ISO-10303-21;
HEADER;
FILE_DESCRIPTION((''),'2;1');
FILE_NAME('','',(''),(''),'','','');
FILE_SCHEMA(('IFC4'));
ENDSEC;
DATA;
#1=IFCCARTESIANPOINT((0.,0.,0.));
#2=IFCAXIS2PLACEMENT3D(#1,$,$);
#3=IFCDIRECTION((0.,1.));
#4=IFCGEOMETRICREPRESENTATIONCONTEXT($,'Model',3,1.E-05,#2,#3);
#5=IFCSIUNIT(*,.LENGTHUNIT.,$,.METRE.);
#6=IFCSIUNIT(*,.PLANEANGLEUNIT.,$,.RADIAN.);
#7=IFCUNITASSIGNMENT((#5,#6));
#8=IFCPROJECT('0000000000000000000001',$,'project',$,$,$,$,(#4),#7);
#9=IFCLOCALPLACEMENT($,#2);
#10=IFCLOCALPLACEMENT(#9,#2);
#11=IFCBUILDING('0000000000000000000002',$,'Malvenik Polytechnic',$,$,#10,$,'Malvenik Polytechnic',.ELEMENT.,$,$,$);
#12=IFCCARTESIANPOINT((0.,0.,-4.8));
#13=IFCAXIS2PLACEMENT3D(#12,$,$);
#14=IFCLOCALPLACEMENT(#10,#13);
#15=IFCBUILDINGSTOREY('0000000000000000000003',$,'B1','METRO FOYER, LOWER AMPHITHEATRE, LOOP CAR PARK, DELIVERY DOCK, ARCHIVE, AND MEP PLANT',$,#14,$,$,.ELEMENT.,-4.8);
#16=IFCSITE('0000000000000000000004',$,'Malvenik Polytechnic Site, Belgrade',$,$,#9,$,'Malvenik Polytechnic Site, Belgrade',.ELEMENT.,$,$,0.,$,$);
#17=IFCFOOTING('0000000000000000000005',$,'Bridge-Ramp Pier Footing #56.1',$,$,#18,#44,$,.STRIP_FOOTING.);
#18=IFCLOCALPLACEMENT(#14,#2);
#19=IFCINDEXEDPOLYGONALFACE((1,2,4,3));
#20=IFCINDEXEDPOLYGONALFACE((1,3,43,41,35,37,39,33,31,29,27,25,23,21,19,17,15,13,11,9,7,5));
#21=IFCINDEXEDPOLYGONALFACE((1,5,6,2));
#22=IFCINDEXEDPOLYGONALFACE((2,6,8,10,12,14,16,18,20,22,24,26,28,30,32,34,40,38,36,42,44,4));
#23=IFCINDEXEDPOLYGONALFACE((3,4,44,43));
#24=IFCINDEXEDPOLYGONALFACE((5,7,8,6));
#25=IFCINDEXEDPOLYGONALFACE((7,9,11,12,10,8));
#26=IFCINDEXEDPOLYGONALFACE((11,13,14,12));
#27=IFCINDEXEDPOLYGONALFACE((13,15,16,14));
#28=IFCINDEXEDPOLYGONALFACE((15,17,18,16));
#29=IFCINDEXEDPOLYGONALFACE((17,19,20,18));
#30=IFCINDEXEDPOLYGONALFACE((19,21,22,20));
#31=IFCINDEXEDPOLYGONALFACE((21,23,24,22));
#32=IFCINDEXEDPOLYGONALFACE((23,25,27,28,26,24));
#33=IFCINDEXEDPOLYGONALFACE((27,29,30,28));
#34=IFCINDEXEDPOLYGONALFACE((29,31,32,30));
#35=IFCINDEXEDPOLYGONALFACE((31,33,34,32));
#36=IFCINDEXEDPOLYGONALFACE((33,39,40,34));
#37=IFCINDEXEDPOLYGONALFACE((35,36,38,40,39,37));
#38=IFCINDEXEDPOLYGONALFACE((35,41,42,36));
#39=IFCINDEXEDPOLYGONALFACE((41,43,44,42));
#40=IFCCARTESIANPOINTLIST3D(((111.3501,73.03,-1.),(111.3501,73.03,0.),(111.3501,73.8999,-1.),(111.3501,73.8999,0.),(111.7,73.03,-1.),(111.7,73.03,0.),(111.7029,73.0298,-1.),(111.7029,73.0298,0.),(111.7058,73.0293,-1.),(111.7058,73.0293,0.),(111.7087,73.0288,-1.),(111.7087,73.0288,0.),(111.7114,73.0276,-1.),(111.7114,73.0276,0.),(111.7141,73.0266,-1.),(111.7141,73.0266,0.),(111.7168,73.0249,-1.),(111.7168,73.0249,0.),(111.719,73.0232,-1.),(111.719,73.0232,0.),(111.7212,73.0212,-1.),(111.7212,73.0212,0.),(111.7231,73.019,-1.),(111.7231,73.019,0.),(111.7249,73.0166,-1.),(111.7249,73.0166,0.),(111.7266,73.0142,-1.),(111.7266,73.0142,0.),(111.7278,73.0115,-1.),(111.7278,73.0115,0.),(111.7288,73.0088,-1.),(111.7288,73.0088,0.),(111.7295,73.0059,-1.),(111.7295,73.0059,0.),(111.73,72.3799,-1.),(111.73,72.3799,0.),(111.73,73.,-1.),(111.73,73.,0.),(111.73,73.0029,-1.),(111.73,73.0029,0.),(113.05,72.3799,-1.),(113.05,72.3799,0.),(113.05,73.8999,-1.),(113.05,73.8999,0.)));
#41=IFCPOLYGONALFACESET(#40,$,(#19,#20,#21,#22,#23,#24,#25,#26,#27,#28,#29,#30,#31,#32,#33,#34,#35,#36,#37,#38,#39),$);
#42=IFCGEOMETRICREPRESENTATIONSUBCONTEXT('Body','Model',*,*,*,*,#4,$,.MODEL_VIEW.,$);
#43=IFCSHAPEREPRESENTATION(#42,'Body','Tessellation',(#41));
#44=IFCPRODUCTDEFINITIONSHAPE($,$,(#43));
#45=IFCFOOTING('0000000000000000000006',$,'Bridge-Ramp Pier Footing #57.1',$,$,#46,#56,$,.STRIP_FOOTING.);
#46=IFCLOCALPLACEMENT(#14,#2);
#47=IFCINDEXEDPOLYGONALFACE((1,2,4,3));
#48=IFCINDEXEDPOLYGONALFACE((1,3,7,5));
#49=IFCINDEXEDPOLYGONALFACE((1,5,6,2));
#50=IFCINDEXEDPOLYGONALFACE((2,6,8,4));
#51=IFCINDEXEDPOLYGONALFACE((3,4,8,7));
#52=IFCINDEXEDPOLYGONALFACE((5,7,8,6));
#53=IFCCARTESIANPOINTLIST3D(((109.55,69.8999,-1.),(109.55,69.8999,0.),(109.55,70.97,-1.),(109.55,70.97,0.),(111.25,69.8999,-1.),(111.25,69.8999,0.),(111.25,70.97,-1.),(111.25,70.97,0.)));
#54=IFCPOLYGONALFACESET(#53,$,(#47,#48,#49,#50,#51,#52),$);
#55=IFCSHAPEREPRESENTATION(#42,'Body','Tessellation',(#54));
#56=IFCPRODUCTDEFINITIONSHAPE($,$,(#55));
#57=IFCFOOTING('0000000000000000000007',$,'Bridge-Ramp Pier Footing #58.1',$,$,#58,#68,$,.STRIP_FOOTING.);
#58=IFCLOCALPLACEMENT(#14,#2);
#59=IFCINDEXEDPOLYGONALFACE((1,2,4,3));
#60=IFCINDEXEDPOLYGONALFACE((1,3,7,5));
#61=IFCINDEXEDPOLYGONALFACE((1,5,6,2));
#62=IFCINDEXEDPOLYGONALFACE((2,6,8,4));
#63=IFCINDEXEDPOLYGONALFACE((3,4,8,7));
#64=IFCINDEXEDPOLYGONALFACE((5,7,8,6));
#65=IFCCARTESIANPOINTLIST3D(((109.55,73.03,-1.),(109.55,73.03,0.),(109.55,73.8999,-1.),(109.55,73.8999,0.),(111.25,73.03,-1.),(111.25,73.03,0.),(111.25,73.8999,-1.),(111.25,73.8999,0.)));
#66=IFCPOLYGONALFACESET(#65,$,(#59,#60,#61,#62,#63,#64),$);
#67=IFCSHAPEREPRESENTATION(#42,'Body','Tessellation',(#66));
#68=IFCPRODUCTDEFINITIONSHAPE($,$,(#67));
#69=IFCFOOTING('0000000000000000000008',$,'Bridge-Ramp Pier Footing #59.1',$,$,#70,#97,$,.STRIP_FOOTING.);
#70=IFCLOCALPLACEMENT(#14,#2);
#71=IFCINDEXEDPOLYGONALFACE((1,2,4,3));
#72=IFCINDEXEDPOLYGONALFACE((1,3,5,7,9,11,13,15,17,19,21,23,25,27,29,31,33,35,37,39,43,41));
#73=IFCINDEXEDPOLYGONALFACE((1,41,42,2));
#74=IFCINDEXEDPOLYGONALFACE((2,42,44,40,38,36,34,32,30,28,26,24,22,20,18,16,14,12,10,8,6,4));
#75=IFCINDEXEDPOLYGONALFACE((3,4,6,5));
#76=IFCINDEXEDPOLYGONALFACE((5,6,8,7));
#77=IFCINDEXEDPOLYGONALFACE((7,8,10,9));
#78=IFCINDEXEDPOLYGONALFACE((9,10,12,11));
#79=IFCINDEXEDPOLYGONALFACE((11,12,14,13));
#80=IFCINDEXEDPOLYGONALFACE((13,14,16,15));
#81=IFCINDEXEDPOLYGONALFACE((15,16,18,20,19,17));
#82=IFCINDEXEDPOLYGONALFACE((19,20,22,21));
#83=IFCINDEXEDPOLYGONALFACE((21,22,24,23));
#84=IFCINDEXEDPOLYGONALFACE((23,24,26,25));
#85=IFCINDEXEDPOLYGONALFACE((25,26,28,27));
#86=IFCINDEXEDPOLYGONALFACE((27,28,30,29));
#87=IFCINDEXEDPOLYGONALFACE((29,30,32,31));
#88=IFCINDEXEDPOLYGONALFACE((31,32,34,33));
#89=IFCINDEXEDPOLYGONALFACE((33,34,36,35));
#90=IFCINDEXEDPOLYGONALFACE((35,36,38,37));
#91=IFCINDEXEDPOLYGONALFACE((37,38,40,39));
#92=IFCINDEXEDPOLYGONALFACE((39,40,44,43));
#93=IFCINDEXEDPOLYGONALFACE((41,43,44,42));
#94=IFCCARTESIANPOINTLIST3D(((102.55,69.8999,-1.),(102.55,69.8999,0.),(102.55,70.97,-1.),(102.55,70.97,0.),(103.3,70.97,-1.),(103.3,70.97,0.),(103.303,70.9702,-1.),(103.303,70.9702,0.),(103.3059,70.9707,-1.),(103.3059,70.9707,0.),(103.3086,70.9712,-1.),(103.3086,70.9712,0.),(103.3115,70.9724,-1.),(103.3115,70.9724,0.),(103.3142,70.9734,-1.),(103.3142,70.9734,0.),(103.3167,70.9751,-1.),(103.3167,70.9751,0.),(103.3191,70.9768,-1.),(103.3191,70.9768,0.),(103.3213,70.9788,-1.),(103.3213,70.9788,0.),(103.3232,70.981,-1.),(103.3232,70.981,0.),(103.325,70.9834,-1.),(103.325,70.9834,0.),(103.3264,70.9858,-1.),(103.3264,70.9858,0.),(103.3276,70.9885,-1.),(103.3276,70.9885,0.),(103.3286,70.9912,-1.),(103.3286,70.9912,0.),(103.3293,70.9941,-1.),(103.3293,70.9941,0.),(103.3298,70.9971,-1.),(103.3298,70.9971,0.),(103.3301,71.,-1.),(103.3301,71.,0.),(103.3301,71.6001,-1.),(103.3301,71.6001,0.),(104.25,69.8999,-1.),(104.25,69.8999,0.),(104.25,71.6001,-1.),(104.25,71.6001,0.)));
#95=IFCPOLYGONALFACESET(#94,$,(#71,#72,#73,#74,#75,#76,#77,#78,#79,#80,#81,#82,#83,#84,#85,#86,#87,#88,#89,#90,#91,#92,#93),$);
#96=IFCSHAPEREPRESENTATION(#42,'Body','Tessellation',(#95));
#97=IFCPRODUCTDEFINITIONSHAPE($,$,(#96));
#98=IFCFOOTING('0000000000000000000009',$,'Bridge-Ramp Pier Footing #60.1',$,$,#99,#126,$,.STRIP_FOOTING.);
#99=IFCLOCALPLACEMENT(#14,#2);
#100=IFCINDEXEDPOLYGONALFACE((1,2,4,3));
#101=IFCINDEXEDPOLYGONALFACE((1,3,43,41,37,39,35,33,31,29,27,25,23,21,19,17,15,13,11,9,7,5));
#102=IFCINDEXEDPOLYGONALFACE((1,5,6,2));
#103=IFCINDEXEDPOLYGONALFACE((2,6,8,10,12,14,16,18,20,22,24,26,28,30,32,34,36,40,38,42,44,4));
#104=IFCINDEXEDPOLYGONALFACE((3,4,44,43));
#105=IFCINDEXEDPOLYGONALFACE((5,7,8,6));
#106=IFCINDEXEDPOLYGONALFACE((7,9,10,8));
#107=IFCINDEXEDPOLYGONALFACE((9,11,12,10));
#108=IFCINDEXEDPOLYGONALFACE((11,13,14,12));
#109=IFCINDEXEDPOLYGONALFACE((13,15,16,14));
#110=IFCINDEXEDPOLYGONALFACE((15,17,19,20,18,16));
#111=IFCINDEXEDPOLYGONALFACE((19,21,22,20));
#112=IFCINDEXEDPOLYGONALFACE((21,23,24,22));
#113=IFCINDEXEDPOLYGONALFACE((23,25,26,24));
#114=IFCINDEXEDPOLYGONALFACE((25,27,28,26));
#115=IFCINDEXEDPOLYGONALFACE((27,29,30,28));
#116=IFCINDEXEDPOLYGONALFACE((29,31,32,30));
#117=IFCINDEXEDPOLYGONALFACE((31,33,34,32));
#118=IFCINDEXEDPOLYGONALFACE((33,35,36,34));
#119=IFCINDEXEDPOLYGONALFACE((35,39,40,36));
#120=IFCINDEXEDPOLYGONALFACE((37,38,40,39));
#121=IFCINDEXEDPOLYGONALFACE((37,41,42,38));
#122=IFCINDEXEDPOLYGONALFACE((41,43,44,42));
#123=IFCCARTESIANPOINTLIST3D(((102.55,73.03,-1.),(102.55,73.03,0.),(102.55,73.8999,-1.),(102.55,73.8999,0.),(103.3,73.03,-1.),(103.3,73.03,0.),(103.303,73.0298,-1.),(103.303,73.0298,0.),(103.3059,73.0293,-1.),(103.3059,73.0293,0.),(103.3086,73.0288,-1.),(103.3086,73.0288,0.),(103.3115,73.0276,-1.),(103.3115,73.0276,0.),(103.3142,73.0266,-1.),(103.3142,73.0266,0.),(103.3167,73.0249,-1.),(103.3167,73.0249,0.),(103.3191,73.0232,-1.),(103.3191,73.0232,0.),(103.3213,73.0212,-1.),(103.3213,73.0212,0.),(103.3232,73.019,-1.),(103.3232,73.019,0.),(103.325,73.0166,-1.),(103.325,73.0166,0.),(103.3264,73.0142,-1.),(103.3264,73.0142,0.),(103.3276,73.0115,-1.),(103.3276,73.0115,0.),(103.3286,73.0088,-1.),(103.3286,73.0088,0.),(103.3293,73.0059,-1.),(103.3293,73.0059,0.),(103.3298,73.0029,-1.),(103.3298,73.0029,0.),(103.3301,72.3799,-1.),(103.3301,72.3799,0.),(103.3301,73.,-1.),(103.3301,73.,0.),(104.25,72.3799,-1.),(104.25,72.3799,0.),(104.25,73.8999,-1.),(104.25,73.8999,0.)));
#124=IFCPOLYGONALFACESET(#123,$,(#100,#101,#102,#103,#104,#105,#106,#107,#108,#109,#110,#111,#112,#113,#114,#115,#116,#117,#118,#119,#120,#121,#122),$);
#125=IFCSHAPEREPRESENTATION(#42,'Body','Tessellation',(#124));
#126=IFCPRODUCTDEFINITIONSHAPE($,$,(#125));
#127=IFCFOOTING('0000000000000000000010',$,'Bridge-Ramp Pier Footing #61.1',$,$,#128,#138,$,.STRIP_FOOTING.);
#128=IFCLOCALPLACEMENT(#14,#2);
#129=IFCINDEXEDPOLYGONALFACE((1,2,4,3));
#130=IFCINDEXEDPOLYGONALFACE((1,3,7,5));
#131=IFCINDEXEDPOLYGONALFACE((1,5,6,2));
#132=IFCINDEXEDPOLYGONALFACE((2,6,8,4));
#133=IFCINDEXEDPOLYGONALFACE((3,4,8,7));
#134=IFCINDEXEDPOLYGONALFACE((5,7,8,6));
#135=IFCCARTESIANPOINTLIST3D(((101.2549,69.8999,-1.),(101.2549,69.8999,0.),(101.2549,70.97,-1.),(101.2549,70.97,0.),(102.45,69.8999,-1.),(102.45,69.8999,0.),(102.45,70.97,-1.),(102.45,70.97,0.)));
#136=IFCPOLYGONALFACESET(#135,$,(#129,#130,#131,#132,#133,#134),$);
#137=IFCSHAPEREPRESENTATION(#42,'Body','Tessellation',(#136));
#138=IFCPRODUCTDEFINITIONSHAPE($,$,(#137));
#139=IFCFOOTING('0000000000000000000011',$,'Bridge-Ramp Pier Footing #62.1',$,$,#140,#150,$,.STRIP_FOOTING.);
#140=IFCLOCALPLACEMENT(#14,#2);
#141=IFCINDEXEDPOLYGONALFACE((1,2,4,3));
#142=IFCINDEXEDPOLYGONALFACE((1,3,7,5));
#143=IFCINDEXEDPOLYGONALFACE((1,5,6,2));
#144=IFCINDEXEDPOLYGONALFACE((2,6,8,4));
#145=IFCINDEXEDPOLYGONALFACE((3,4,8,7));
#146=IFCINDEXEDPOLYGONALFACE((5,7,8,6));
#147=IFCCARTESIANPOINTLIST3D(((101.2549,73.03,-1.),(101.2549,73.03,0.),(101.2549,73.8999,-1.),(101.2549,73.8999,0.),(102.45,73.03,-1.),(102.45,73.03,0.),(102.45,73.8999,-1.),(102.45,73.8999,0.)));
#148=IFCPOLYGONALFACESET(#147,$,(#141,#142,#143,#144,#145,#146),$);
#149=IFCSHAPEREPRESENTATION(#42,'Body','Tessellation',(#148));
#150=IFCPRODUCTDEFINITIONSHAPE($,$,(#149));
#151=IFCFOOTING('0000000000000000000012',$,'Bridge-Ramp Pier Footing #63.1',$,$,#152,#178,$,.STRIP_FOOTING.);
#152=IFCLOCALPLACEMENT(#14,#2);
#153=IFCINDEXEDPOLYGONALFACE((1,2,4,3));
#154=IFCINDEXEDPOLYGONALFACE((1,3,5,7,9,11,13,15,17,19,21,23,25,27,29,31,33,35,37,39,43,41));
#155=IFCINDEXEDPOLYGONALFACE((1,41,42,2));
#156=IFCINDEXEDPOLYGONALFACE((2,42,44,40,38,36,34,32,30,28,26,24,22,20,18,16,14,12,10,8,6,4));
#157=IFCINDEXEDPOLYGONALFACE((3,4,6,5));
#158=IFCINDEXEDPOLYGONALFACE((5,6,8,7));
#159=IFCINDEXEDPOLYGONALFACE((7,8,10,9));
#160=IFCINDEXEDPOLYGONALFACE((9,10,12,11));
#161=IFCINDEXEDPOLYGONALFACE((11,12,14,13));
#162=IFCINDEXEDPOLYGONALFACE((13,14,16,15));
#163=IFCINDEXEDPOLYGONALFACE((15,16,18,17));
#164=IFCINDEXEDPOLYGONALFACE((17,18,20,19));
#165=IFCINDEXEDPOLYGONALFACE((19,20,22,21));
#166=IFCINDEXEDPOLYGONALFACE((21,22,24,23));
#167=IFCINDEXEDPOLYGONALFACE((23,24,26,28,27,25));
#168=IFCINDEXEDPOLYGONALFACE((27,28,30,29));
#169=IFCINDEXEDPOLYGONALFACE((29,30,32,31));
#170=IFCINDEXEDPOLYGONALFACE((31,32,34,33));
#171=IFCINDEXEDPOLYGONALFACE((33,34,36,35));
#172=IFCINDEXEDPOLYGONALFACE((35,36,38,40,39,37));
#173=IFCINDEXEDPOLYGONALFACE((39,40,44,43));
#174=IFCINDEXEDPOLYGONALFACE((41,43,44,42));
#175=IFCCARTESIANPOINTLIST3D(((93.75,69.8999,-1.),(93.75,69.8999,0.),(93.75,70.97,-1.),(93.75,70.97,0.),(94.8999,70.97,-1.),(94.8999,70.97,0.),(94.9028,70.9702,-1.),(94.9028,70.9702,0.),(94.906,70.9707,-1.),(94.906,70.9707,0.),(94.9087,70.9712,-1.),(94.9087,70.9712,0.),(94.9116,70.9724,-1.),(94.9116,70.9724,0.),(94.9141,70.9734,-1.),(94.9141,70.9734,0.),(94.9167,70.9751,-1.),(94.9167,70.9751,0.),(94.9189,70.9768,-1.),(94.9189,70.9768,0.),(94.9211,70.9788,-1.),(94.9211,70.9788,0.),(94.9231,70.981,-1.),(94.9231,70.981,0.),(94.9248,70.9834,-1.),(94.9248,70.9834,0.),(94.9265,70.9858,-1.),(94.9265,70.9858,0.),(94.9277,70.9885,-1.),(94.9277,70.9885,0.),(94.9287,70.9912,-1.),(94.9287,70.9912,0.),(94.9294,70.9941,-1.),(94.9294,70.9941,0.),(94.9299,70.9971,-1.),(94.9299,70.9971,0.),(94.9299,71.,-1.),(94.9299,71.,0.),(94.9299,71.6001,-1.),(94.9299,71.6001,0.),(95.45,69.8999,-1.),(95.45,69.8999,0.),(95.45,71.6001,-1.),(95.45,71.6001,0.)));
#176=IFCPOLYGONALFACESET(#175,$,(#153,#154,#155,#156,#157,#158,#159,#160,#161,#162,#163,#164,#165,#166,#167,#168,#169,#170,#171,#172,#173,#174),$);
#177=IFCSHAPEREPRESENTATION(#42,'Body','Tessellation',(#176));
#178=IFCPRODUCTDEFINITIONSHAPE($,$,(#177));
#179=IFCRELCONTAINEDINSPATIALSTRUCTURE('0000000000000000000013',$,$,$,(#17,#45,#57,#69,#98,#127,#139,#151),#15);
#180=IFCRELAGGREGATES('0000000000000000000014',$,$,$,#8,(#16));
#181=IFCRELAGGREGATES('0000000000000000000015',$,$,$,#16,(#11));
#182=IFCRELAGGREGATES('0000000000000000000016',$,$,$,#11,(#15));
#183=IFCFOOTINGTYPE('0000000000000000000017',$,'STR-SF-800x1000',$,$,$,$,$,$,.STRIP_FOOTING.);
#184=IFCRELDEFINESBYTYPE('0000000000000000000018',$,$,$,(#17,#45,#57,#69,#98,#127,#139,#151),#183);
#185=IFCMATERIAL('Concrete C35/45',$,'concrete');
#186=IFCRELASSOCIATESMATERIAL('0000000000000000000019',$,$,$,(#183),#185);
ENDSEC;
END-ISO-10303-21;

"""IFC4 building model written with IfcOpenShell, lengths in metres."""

from ifc_helpers import new_model, si_unit, direction, frame, origin, place, context, subcontext, project, spatial, polyline, outline, extrude, material, type_object, element, save


model = new_model("IFC4")

# Units and contexts
model_context = context("Model", 3, precision=1e-05, world=origin(), true_north=direction((0.0, 1.0)))
body_context = subcontext(model_context, "Body", "Model", "MODEL_VIEW")
ifc_project = project(units=[si_unit("LENGTHUNIT", "METRE"), si_unit("PLANEANGLEUNIT", "RADIAN")], contexts=[model_context])

# Site, building, storey
site_placement = place(None, origin())
site = spatial("IfcSite", under=ifc_project, at=site_placement, Name="Malvenik Polytechnic Site, Belgrade", LongName="Malvenik Polytechnic Site, Belgrade", CompositionType="ELEMENT", RefElevation=0.0)
building_placement = place(site_placement, origin())
building = spatial("IfcBuilding", under=site, at=building_placement, Name="Malvenik Polytechnic", LongName="Malvenik Polytechnic", CompositionType="ELEMENT")
storey_placement = place(building_placement, frame((0.0, 0.0, -4.8)))
storey = spatial("IfcBuildingStorey", under=building, at=storey_placement, Name="B1", Description="METRO FOYER, LOWER AMPHITHEATRE, LOOP CAR PARK, DELIVERY DOCK, ARCHIVE, AND MEP PLANT", CompositionType="ELEMENT", Elevation=-4.8)

# Footings
ifc_material = material(Name="Concrete C35/45", Category="concrete")
footing_type = type_object("IfcFootingType", Name="STR-SF-800x1000", PredefinedType="STRIP_FOOTING", material=ifc_material)
footing_1_placement = place(storey_placement, frame((0.0, 0.0, -1.0)))
element("IfcFooting", 1, at=footing_1_placement, inside=storey, type_object=footing_type, Name="Bridge-Ramp Pier Footing #56.1", PredefinedType="STRIP_FOOTING", context=body_context, shape_type="SweptSolid", body=[
    extrude(outline(polyline([(111.3501, 73.8999), (113.05, 73.8999), (113.05, 72.3799), (111.73, 72.3799), (111.73, 73.0), (111.73, 73.0029), (111.7295, 73.0059), (111.7288, 73.0088), (111.7278, 73.0115), (111.7266, 73.0142), (111.7249, 73.0166), (111.7231, 73.019), (111.7212, 73.0212), (111.719, 73.0232), (111.7168, 73.0249), (111.7141, 73.0266), (111.7114, 73.0276), (111.7087, 73.0288), (111.7058, 73.0293), (111.7029, 73.0298), (111.7, 73.03), (111.3501, 73.03), (111.3501, 73.8999)])), origin(), (0.0, 0.0, 1.0), 1.0),
])
footing_2_placement = place(storey_placement, frame((0.0, 0.0, -1.0)))
element("IfcFooting", 2, at=footing_2_placement, inside=storey, type_object=footing_type, Name="Bridge-Ramp Pier Footing #57.1", PredefinedType="STRIP_FOOTING", context=body_context, shape_type="SweptSolid", body=[
    extrude(outline(polyline([(111.25, 69.8999), (109.55, 69.8999), (109.55, 70.97), (111.25, 70.97), (111.25, 69.8999)])), origin(), (0.0, 0.0, 1.0), 1.0),
])
footing_3_placement = place(storey_placement, frame((0.0, 0.0, -1.0)))
element("IfcFooting", 3, at=footing_3_placement, inside=storey, type_object=footing_type, Name="Bridge-Ramp Pier Footing #58.1", PredefinedType="STRIP_FOOTING", context=body_context, shape_type="SweptSolid", body=[
    extrude(outline(polyline([(109.55, 73.8999), (111.25, 73.8999), (111.25, 73.03), (109.55, 73.03), (109.55, 73.8999)])), origin(), (0.0, 0.0, 1.0), 1.0),
])
footing_4_placement = place(storey_placement, frame((0.0, 0.0, -1.0)))
element("IfcFooting", 4, at=footing_4_placement, inside=storey, type_object=footing_type, Name="Bridge-Ramp Pier Footing #59.1", PredefinedType="STRIP_FOOTING", context=body_context, shape_type="SweptSolid", body=[
    extrude(outline(polyline([(104.25, 71.6001), (104.25, 69.8999), (102.55, 69.8999), (102.55, 70.97), (103.3, 70.97), (103.303, 70.9702), (103.3059, 70.9707), (103.3086, 70.9712), (103.3115, 70.9724), (103.3142, 70.9734), (103.3167, 70.9751), (103.3191, 70.9768), (103.3213, 70.9788), (103.3232, 70.981), (103.325, 70.9834), (103.3264, 70.9858), (103.3276, 70.9885), (103.3286, 70.9912), (103.3293, 70.9941), (103.3298, 70.9971), (103.3301, 71.0), (103.3301, 71.6001), (104.25, 71.6001)])), origin(), (0.0, 0.0, 1.0), 1.0),
])
footing_5_placement = place(storey_placement, frame((0.0, 0.0, -1.0)))
element("IfcFooting", 5, at=footing_5_placement, inside=storey, type_object=footing_type, Name="Bridge-Ramp Pier Footing #60.1", PredefinedType="STRIP_FOOTING", context=body_context, shape_type="SweptSolid", body=[
    extrude(outline(polyline([(102.55, 73.8999), (104.25, 73.8999), (104.25, 72.3799), (103.3301, 72.3799), (103.3301, 73.0), (103.3298, 73.0029), (103.3293, 73.0059), (103.3286, 73.0088), (103.3276, 73.0115), (103.3264, 73.0142), (103.325, 73.0166), (103.3232, 73.019), (103.3213, 73.0212), (103.3191, 73.0232), (103.3167, 73.0249), (103.3142, 73.0266), (103.3115, 73.0276), (103.3086, 73.0288), (103.3059, 73.0293), (103.303, 73.0298), (103.3, 73.03), (102.55, 73.03), (102.55, 73.8999)])), origin(), (0.0, 0.0, 1.0), 1.0),
])
footing_6_placement = place(storey_placement, frame((0.0, 0.0, -1.0)))
element("IfcFooting", 6, at=footing_6_placement, inside=storey, type_object=footing_type, Name="Bridge-Ramp Pier Footing #61.1", PredefinedType="STRIP_FOOTING", context=body_context, shape_type="SweptSolid", body=[
    extrude(outline(polyline([(102.45, 69.8999), (101.2549, 69.8999), (101.2549, 70.97), (102.45, 70.97), (102.45, 69.8999)])), origin(), (0.0, 0.0, 1.0), 1.0),
])
footing_7_placement = place(storey_placement, frame((0.0, 0.0, -1.0)))
element("IfcFooting", 7, at=footing_7_placement, inside=storey, type_object=footing_type, Name="Bridge-Ramp Pier Footing #62.1", PredefinedType="STRIP_FOOTING", context=body_context, shape_type="SweptSolid", body=[
    extrude(outline(polyline([(102.45, 73.8999), (102.45, 73.03), (101.2549, 73.03), (101.2549, 73.8999), (102.45, 73.8999)])), origin(), (0.0, 0.0, 1.0), 1.0),
])
footing_8_placement = place(storey_placement, frame((0.0, 0.0, -1.0)))
element("IfcFooting", 8, at=footing_8_placement, inside=storey, type_object=footing_type, Name="Bridge-Ramp Pier Footing #63.1", PredefinedType="STRIP_FOOTING", context=body_context, shape_type="SweptSolid", body=[
    extrude(outline(polyline([(95.45, 71.6001), (95.45, 69.8999), (93.75, 69.8999), (93.75, 70.97), (94.8999, 70.97), (94.9028, 70.9702), (94.906, 70.9707), (94.9087, 70.9712), (94.9116, 70.9724), (94.9141, 70.9734), (94.9167, 70.9751), (94.9189, 70.9768), (94.9211, 70.9788), (94.9231, 70.981), (94.9248, 70.9834), (94.9265, 70.9858), (94.9277, 70.9885), (94.9287, 70.9912), (94.9294, 70.9941), (94.9299, 70.9971), (94.9299, 71.0), (94.9299, 71.6001), (95.45, 71.6001)])), origin(), (0.0, 0.0, 1.0), 1.0),
])

save(model, "model.ifc")
